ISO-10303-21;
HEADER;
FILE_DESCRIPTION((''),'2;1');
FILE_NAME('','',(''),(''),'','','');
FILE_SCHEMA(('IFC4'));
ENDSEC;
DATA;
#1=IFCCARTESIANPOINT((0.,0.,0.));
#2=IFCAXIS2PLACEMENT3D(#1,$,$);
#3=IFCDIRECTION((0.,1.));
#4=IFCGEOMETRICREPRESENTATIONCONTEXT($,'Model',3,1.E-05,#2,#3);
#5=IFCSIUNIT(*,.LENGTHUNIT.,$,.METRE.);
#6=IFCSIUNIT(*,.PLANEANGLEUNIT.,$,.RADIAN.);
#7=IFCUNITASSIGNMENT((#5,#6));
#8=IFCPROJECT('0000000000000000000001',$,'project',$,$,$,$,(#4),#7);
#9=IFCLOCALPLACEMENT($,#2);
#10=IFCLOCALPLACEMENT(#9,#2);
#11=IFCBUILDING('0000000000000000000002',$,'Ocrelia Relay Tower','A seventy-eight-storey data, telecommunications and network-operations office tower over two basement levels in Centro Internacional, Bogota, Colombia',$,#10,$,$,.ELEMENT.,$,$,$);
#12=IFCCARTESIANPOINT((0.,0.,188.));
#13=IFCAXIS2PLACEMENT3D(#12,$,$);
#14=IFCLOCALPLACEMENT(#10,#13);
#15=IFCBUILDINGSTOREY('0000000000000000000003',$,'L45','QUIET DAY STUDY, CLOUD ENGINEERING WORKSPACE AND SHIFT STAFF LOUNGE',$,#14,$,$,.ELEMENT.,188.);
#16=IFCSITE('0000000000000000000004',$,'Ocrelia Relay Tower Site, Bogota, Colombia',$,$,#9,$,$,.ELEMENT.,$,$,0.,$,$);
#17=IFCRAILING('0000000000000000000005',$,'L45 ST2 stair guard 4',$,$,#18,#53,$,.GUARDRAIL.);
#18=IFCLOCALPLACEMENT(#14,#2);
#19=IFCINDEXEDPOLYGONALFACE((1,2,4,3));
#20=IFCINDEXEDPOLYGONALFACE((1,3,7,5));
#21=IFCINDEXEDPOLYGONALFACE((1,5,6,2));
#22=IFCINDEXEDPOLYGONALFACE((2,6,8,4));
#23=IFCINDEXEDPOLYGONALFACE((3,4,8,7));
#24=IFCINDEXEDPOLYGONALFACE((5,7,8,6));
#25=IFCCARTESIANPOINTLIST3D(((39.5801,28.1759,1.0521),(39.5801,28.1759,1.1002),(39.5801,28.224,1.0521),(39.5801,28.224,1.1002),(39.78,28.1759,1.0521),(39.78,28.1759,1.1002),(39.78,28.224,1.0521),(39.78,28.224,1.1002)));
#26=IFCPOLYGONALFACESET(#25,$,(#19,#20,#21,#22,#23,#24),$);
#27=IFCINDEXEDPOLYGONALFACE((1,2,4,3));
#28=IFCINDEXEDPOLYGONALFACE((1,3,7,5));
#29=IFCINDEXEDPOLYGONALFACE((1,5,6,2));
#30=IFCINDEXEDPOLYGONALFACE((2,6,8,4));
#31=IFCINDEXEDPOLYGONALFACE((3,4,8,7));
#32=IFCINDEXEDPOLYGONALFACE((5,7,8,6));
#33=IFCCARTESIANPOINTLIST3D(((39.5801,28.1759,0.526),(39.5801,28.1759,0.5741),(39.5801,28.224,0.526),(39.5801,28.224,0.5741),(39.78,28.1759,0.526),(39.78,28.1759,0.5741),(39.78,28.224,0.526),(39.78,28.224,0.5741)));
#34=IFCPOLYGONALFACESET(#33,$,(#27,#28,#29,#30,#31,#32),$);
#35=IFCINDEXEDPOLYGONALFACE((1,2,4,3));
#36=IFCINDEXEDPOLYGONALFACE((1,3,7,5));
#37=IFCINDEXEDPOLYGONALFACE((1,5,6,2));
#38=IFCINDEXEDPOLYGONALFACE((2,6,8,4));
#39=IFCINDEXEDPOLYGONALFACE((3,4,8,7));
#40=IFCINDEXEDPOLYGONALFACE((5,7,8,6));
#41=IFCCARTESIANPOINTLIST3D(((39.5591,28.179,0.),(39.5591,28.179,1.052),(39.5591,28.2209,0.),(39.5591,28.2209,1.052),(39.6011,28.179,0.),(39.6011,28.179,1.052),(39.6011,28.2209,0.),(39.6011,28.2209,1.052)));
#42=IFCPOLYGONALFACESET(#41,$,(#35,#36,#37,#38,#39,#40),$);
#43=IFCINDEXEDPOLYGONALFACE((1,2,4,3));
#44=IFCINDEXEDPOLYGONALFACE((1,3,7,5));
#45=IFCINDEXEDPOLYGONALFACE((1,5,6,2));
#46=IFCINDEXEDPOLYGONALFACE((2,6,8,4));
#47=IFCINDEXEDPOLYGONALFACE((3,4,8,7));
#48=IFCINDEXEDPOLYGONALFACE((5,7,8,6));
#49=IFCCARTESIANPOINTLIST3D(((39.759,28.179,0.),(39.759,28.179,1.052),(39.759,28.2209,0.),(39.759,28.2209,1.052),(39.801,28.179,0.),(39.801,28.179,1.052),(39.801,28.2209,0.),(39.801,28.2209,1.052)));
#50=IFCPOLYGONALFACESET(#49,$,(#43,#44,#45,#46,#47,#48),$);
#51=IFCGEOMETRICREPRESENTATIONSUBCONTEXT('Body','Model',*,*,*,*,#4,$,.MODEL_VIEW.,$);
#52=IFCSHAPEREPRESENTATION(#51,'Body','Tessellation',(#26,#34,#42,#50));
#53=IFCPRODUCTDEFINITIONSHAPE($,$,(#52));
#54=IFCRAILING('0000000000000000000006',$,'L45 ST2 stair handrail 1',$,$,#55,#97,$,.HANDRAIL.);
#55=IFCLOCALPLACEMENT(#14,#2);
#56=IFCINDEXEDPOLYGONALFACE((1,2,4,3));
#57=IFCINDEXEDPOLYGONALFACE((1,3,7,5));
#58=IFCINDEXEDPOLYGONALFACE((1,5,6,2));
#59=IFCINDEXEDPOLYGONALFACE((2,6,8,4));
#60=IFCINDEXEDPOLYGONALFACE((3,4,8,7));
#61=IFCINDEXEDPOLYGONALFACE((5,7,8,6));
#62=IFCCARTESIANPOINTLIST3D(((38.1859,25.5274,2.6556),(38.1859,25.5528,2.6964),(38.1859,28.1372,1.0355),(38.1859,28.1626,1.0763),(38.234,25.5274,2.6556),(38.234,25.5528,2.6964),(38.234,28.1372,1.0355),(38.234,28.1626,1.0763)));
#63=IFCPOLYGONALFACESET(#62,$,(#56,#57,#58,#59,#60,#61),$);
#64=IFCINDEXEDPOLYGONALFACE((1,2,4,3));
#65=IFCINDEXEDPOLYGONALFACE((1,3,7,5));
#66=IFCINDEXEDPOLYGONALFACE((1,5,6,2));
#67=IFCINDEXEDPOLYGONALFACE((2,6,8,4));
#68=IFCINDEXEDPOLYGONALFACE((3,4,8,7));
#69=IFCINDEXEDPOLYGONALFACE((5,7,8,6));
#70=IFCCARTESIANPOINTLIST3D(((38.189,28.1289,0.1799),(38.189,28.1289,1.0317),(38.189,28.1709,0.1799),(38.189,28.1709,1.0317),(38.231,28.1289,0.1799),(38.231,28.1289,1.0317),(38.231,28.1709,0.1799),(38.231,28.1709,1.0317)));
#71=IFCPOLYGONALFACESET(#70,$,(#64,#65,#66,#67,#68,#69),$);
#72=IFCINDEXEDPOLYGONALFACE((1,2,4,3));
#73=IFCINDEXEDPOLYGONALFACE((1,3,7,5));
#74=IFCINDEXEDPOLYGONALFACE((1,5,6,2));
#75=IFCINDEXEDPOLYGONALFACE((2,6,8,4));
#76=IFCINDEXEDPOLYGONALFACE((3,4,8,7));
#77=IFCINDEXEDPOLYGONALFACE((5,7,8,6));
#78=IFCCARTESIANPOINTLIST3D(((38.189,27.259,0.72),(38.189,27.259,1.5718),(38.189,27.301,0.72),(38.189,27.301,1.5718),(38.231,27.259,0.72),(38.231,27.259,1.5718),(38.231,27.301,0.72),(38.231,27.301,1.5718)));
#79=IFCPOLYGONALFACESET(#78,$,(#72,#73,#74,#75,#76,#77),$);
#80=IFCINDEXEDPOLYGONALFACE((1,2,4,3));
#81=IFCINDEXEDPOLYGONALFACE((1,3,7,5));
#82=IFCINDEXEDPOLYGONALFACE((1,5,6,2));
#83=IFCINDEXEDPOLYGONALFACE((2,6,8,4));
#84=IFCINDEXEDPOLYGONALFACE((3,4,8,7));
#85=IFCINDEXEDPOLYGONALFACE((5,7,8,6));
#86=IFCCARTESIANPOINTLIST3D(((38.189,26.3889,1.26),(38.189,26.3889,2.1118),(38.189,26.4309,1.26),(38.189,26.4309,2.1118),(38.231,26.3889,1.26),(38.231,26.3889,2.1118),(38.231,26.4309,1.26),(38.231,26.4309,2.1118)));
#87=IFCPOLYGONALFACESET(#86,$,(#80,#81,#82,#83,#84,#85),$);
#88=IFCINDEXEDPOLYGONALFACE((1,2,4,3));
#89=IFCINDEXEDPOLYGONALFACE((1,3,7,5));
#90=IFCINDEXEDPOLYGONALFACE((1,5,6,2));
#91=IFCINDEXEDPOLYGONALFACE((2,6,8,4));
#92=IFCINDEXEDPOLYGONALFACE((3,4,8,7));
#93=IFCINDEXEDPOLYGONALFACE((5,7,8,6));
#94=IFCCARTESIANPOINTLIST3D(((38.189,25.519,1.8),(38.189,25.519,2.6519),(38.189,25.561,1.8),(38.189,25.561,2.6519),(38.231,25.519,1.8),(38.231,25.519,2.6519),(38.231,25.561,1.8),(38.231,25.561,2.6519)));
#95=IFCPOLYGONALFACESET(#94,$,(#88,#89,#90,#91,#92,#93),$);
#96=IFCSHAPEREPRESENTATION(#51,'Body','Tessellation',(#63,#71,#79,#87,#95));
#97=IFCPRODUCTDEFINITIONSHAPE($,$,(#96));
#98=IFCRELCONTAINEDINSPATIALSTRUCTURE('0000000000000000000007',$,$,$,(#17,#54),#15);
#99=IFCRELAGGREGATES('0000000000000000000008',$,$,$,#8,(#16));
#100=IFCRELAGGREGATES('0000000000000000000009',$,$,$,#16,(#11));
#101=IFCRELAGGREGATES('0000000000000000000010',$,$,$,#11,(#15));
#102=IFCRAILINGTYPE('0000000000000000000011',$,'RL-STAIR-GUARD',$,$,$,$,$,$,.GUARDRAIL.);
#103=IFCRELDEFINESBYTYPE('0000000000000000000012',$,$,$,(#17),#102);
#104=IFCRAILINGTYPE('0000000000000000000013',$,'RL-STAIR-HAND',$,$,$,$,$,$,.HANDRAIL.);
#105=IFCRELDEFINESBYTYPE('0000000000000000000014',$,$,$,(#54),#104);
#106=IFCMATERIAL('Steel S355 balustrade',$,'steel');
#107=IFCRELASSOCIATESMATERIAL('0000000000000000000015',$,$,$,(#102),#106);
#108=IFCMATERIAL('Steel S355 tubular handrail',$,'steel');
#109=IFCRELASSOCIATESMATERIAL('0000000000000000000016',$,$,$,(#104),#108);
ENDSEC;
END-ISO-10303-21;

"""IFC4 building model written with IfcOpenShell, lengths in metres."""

from ifc_helpers import new_model, si_unit, direction, frame, origin, origin_2d, place, context, subcontext, project, spatial, rectangle, extrude, material, type_object, element, save


model = new_model("IFC4")

# Units and contexts
model_context = context("Model", 3, precision=1e-05, world=origin(), true_north=direction((0.0, 1.0)))
body_context = subcontext(model_context, "Body", "Model", "MODEL_VIEW")
ifc_project = project(units=[si_unit("LENGTHUNIT", "METRE"), si_unit("PLANEANGLEUNIT", "RADIAN")], contexts=[model_context])

# Site, building, storey
site_placement = place(None, origin())
site = spatial("IfcSite", under=ifc_project, at=site_placement, Name="Ocrelia Relay Tower Site, Bogota, Colombia", CompositionType="ELEMENT", RefElevation=0.0)
building_placement = place(site_placement, origin())
building = spatial("IfcBuilding", under=site, at=building_placement, Name="Ocrelia Relay Tower", Description="A seventy-eight-storey data, telecommunications and network-operations office tower over two basement levels in Centro Internacional, Bogota, Colombia", CompositionType="ELEMENT")
storey_placement = place(building_placement, frame((0.0, 0.0, 188.0)))
storey = spatial("IfcBuildingStorey", under=building, at=storey_placement, Name="L45", Description="QUIET DAY STUDY, CLOUD ENGINEERING WORKSPACE AND SHIFT STAFF LOUNGE", CompositionType="ELEMENT", Elevation=188.0)

# Railings
ifc_material_1 = material(Name="Steel S355 balustrade", Category="steel")
railing_type_1 = type_object("IfcRailingType", Name="RL-STAIR-GUARD", PredefinedType="GUARDRAIL", material=ifc_material_1)
railing_1_placement = place(storey_placement, frame((39.5801, 28.2, 0.0)))
element("IfcRailing", 1, at=railing_1_placement, inside=storey, type_object=railing_type_1, Name="L45 ST2 stair guard 4", PredefinedType="GUARDRAIL", context=body_context, shape_type="SweptSolid", body=[
    extrude(rectangle(XDim=0.0481, YDim=0.0481, at=origin_2d()), frame((0.0, 0.0, 1.0762), z_axis=(1.0, 0.0, 0.0), x_axis=(0.0, 1.0, 0.0)), (0.0, 0.0, 1.0), 0.2),
    extrude(rectangle(XDim=0.0481, YDim=0.0481, at=origin_2d()), frame((0.0, 0.0, 0.55), z_axis=(1.0, 0.0, 0.0), x_axis=(0.0, 1.0, 0.0)), (0.0, 0.0, 1.0), 0.2),
    extrude(rectangle(XDim=0.042, YDim=0.042, at=origin_2d()), origin(), (0.0, 0.0, 1.0), 1.052),
    extrude(rectangle(XDim=0.042, YDim=0.042, at=origin_2d()), frame((0.2, 0.0, 0.0)), (0.0, 0.0, 1.0), 1.052),
])
ifc_material_2 = material(Name="Steel S355 tubular handrail", Category="steel")
railing_type_2 = type_object("IfcRailingType", Name="RL-STAIR-HAND", PredefinedType="HANDRAIL", material=ifc_material_2)
railing_2_placement = place(storey_placement, frame((38.21, 28.1499, 0.1799)))
element("IfcRailing", 2, at=railing_2_placement, inside=storey, type_object=railing_type_2, Name="L45 ST2 stair handrail 1", PredefinedType="HANDRAIL", context=body_context, shape_type="SweptSolid", body=[
    extrude(rectangle(XDim=0.0481, YDim=0.0481, at=origin_2d()), frame((0.0, 0.0, 0.876), z_axis=(0.0, -0.849611, 0.52741), x_axis=(1.0, 0.0, 0.0)), (0.0, 0.0, 1.0), 3.0718),
    extrude(rectangle(XDim=0.042, YDim=0.042, at=origin_2d()), origin(), (0.0, 0.0, 1.0), 0.8518),
    extrude(rectangle(XDim=0.042, YDim=0.042, at=origin_2d()), frame((0.0, -0.8699, 0.54)), (0.0, 0.0, 1.0), 0.8518),
    extrude(rectangle(XDim=0.042, YDim=0.042, at=origin_2d()), frame((0.0, -1.74, 1.0801)), (0.0, 0.0, 1.0), 0.8518),
    extrude(rectangle(XDim=0.042, YDim=0.042, at=origin_2d()), frame((0.0, -2.6099, 1.6201)), (0.0, 0.0, 1.0), 0.8518),
])

save(model, "model.ifc")
